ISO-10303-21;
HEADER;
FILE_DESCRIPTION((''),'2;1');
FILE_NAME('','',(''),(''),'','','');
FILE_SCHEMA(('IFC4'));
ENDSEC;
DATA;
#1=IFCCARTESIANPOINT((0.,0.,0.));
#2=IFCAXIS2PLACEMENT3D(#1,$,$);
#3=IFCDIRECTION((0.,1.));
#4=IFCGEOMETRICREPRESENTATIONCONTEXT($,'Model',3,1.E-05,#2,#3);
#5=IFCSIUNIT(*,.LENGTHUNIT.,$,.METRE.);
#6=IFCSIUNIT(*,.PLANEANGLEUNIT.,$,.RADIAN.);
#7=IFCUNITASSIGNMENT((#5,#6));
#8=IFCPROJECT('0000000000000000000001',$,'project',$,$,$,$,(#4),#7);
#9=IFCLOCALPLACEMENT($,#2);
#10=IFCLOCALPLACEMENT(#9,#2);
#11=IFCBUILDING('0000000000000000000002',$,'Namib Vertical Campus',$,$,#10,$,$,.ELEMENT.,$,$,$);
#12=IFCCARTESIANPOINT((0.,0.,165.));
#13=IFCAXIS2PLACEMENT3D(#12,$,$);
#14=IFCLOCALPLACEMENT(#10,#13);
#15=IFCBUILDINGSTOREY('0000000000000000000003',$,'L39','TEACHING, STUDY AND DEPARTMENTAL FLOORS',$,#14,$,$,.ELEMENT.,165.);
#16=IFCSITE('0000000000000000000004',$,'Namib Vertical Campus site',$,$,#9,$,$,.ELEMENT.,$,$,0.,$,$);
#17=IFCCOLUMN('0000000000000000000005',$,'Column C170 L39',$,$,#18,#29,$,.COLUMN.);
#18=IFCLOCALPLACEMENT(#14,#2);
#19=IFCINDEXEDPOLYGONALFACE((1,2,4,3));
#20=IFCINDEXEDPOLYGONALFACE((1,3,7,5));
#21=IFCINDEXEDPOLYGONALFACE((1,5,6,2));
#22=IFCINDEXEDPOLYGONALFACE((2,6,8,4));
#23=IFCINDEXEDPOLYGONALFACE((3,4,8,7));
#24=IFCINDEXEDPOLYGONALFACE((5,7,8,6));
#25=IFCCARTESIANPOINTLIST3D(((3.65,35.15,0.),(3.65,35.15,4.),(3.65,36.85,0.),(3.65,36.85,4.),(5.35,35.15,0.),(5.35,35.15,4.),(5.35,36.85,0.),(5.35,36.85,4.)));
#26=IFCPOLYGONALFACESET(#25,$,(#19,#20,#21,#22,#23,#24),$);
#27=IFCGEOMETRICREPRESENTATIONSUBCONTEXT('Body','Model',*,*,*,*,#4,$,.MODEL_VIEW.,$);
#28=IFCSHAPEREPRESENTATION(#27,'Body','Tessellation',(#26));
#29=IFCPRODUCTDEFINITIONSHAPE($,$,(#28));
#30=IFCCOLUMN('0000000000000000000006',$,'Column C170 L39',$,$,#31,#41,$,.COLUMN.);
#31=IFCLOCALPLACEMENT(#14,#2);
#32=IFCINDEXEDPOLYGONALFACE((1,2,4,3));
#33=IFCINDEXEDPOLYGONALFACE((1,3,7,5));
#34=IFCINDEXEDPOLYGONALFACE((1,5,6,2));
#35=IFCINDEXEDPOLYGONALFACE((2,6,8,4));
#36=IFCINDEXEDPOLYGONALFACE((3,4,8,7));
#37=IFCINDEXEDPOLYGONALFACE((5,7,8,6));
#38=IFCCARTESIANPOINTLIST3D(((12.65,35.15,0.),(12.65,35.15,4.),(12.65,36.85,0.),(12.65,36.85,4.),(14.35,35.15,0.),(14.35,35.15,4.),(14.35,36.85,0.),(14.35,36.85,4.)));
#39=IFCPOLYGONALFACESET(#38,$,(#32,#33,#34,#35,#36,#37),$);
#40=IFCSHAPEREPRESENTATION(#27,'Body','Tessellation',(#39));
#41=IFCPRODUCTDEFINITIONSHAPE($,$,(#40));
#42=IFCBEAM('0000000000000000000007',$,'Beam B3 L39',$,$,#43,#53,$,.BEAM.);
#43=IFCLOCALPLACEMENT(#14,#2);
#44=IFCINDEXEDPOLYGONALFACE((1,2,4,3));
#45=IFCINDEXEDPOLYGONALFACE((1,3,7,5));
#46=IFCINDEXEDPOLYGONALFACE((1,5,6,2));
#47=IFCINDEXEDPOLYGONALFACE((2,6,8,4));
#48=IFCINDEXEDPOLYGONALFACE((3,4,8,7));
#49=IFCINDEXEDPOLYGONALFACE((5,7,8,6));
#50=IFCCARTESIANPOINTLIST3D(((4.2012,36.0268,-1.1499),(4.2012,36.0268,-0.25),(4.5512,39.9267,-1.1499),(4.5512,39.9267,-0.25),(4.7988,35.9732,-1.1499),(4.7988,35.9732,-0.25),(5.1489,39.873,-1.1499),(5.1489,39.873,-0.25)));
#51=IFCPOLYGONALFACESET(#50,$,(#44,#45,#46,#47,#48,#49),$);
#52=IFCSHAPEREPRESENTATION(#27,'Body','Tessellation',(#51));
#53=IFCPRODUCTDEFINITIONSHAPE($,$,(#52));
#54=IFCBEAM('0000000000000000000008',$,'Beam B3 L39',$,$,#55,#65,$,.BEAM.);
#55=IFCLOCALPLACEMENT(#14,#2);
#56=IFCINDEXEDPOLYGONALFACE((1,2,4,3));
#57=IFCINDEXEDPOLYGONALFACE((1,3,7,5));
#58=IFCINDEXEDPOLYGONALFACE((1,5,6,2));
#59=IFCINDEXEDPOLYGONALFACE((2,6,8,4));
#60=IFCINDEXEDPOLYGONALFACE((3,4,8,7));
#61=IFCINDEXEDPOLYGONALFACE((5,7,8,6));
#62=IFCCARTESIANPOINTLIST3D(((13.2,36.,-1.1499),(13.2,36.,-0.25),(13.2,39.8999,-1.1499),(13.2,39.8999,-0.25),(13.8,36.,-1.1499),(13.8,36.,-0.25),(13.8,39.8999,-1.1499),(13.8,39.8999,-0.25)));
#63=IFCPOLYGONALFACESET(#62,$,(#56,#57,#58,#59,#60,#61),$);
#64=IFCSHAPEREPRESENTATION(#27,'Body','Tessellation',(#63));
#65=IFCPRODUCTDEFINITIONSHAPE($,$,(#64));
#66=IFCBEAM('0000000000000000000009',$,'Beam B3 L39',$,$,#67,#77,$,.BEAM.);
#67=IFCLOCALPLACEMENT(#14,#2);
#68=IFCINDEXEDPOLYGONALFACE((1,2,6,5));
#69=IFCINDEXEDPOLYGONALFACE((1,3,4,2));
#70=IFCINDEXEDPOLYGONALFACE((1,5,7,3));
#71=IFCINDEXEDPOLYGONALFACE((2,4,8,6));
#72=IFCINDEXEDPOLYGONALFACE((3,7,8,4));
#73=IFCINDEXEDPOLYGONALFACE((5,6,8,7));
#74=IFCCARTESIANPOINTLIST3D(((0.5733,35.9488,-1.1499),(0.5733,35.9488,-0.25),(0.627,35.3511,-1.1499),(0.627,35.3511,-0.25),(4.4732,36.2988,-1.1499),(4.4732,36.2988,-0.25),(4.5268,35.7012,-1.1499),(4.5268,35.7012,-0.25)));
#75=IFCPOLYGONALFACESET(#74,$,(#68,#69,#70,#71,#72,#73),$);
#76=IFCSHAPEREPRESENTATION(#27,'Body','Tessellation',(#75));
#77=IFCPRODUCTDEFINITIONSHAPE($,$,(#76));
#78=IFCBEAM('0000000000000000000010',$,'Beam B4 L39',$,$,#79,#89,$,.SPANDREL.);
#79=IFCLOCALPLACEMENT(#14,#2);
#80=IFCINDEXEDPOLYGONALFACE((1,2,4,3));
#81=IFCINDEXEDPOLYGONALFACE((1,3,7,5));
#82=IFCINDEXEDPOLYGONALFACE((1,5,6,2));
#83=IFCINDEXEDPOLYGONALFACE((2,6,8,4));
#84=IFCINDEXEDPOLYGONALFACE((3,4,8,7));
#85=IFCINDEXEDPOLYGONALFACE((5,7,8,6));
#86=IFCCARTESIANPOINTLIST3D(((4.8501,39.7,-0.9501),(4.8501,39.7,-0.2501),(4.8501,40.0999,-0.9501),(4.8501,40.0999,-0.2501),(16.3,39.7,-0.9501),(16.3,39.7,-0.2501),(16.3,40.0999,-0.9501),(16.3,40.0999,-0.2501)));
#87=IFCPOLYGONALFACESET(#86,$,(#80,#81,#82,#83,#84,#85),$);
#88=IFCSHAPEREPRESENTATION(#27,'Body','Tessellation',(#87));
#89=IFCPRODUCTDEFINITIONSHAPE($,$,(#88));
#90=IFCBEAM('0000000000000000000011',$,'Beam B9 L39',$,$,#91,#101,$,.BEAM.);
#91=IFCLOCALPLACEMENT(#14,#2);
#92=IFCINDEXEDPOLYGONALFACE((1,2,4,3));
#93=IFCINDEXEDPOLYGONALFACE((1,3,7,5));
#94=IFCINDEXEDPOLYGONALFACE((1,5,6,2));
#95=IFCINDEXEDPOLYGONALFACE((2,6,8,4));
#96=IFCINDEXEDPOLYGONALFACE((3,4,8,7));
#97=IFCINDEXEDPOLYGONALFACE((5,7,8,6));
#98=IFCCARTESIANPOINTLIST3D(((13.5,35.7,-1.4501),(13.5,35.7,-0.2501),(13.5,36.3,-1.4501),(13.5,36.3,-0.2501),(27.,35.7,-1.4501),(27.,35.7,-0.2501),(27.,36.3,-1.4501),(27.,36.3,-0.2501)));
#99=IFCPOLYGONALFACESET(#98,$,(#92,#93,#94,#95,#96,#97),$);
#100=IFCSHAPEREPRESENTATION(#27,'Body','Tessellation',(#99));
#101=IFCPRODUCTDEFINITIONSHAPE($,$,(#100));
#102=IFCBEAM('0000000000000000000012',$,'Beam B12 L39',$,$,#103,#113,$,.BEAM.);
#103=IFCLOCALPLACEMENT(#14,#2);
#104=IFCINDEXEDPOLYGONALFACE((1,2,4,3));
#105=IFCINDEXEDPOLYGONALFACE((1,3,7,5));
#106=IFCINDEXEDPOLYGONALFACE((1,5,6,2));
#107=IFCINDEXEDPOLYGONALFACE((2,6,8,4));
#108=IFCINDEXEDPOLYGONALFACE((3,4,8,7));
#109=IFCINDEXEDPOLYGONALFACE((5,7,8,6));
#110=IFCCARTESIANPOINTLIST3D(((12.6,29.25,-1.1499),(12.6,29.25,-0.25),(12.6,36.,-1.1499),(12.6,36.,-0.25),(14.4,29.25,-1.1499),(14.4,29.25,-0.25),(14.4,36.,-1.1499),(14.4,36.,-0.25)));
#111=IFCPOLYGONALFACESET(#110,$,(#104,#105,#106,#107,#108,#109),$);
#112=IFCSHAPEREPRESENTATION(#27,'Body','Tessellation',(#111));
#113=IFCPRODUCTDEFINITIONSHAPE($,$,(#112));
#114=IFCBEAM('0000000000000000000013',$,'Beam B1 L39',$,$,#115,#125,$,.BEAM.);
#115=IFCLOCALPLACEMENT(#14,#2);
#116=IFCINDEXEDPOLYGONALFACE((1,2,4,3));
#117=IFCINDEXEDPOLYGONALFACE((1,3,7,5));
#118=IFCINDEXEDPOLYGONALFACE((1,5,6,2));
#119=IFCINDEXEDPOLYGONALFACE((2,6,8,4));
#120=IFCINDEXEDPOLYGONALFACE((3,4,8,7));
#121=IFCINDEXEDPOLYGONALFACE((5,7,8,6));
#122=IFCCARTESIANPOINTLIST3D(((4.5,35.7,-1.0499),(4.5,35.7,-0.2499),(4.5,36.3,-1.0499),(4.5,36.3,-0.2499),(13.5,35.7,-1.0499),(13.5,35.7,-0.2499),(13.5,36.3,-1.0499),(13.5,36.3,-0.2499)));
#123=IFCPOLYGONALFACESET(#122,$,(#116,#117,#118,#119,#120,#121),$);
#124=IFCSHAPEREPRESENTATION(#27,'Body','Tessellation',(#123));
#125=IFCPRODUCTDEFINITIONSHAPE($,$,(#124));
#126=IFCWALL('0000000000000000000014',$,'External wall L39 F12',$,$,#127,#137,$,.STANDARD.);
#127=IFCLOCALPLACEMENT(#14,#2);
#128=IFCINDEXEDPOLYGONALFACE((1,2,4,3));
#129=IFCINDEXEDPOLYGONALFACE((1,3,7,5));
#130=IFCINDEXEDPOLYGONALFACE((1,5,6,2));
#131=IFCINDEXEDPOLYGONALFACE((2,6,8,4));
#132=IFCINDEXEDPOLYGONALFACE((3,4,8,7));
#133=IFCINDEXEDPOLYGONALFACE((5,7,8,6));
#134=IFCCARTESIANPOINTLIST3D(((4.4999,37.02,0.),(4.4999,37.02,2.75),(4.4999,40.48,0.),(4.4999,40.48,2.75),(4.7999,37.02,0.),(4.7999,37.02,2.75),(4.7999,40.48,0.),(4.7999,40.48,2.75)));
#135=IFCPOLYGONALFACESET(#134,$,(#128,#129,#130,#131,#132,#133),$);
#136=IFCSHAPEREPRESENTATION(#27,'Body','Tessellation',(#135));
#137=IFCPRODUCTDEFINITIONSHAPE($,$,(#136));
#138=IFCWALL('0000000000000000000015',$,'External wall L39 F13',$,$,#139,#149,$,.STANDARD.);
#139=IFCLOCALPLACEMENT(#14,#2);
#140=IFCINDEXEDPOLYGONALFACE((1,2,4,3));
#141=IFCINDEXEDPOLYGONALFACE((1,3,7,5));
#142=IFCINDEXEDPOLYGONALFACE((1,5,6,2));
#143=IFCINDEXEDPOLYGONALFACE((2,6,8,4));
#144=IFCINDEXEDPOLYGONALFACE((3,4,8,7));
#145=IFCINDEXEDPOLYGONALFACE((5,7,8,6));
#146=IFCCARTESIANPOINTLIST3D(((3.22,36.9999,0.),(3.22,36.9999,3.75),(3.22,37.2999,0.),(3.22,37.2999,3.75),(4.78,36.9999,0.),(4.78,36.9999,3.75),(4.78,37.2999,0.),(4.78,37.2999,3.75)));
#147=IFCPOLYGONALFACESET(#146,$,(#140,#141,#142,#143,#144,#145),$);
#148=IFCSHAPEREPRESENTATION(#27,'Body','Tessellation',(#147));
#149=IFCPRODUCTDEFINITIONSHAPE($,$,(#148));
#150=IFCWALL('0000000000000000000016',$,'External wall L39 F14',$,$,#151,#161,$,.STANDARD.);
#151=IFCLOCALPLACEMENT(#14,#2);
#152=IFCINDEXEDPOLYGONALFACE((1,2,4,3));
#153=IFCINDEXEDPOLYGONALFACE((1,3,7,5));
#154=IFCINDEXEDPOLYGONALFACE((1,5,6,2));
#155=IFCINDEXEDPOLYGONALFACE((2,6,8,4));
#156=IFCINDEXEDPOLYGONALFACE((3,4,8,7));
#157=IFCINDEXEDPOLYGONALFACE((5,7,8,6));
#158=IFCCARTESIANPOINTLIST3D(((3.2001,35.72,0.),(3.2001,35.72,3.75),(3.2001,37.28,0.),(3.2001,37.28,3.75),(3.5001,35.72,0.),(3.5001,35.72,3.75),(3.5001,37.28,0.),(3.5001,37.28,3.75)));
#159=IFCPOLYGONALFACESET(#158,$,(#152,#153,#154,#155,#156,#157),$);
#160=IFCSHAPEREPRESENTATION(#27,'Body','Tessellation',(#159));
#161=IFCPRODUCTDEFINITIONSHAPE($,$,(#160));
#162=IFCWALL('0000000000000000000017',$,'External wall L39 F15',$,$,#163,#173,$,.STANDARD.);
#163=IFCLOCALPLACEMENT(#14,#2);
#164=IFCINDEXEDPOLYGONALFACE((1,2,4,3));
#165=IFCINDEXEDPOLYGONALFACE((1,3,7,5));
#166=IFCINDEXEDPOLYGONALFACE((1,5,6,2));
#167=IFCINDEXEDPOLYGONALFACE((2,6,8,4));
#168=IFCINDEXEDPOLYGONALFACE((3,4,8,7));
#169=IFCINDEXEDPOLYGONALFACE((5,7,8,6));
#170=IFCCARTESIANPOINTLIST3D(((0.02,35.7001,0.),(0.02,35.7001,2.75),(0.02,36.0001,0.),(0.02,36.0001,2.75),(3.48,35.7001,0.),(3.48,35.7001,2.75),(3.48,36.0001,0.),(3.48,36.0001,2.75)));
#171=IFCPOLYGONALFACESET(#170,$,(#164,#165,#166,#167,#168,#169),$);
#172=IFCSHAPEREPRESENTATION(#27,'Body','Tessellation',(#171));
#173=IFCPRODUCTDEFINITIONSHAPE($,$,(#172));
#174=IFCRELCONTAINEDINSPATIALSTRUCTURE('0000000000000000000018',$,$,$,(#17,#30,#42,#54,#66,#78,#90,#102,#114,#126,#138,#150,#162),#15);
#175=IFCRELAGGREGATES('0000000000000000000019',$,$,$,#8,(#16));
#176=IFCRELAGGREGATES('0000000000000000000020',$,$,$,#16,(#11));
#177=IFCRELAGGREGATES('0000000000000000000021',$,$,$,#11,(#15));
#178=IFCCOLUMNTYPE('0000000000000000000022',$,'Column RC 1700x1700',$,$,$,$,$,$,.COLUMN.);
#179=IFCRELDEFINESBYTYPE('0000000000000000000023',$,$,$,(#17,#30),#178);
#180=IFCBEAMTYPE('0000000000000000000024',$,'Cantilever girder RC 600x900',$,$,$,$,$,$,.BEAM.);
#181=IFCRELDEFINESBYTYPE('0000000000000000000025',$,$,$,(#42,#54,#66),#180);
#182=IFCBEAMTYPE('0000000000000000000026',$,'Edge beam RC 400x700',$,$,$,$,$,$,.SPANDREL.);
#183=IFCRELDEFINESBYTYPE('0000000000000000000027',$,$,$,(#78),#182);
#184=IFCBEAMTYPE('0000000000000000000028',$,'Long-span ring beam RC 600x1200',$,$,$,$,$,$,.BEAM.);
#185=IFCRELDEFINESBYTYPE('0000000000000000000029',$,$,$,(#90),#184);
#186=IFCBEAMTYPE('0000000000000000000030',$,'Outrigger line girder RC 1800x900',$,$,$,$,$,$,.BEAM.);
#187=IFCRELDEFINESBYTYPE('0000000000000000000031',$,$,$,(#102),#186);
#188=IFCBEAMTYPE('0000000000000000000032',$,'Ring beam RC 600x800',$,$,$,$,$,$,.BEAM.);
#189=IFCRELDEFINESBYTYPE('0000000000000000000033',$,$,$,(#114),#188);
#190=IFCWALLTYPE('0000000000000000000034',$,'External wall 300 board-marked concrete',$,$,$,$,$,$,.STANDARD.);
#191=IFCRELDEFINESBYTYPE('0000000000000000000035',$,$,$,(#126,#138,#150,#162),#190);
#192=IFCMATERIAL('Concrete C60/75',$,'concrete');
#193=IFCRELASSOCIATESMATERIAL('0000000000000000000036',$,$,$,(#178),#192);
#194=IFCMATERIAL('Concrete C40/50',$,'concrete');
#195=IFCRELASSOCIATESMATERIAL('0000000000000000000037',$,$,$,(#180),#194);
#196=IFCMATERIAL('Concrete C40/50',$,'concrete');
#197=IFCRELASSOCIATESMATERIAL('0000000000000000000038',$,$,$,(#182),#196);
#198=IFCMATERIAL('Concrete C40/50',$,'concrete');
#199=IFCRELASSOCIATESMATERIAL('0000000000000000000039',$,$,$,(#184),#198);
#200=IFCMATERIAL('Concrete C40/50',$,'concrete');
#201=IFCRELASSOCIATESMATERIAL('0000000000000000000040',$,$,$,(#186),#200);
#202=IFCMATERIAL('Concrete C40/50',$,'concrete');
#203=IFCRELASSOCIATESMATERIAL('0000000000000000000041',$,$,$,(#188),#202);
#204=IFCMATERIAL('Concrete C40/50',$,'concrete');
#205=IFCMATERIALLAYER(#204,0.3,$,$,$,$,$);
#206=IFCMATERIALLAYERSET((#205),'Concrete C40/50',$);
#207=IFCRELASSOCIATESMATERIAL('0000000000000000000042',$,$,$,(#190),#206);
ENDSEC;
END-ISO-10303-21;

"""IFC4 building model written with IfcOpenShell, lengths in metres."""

from ifc_helpers import new_model, si_unit, direction, frame, frame_2d, origin, origin_2d, place, context, subcontext, project, spatial, rectangle, extrude, material, layer, layer_set, material_profile, profile_set, type_object, element, save


model = new_model("IFC4")

# Units and contexts
model_context = context("Model", 3, precision=1e-05, world=origin(), true_north=direction((0.0, 1.0)))
body_context = subcontext(model_context, "Body", "Model", "MODEL_VIEW")
ifc_project = project(units=[si_unit("LENGTHUNIT", "METRE"), si_unit("PLANEANGLEUNIT", "RADIAN")], contexts=[model_context])

# Site, building, storey
site_placement = place(None, origin())
site = spatial("IfcSite", under=ifc_project, at=site_placement, Name="Namib Vertical Campus site", CompositionType="ELEMENT", RefElevation=0.0)
building_placement = place(site_placement, origin())
building = spatial("IfcBuilding", under=site, at=building_placement, Name="Namib Vertical Campus", CompositionType="ELEMENT")
storey_placement = place(building_placement, frame((0.0, 0.0, 165.0)))
storey = spatial("IfcBuildingStorey", under=building, at=storey_placement, Name="L39", Description="TEACHING, STUDY AND DEPARTMENTAL FLOORS", CompositionType="ELEMENT", Elevation=165.0)

# Columns
ifc_material_1 = material(Name="Concrete C60/75", Category="concrete")
ifc_material_profile_1 = material_profile(ifc_material_1, rectangle(XDim=1.7, YDim=1.7, at=origin_2d()))
ifc_profile_set_1 = profile_set([ifc_material_profile_1], Name="Concrete C60/75")
column_type = type_object("IfcColumnType", Name="Column RC 1700x1700", PredefinedType="COLUMN", material=ifc_profile_set_1)
for number, where, z_axis, x_axis, name in (
    (1, (4.5, 36.0, 0.0), (0.0, 0.0, 1.0), (1.0, 0.0, 0.0), "Column C170 L39"),
    (2, (13.5, 36.0, 0.0), (0.0, 0.0, 1.0), (1.0, 0.0, 0.0), "Column C170 L39"),
):
    element("IfcColumn", number, at=place(storey_placement, frame(where, z_axis=z_axis, x_axis=x_axis)), inside=storey, type_object=column_type, Name=name, PredefinedType="COLUMN", context=body_context, shape_type="SweptSolid", body=[
        extrude(rectangle(XDim=1.7, YDim=1.7, at=origin_2d()), origin(), (0.0, 0.0, 1.0), 4.0),
    ])

# Beams
ifc_material_2 = material(Name="Concrete C40/50", Category="concrete")
ifc_material_profile_2 = material_profile(ifc_material_2, rectangle(XDim=0.6001, YDim=0.8999, at=origin_2d()))
ifc_profile_set_2 = profile_set([ifc_material_profile_2], Name="Concrete C40/50")
beam_type_1 = type_object("IfcBeamType", Name="Cantilever girder RC 600x900", PredefinedType="BEAM", material=ifc_profile_set_2)
beam_1_placement = place(storey_placement, frame((4.5, 36.0, -0.7), z_axis=(0.089411, 0.995995, 0.0), x_axis=(-0.995995, 0.089411, 0.0)))
element("IfcBeam", 3, at=beam_1_placement, inside=storey, type_object=beam_type_1, Name="Beam B3 L39", PredefinedType="BEAM", context=body_context, shape_type="SweptSolid", body=[
    extrude(rectangle(XDim=0.6001, YDim=0.8999, at=origin_2d()), origin(), (0.0, 0.0, 1.0), 3.9155),
])
beam_2_placement = place(storey_placement, frame((13.5, 36.0, -0.7), z_axis=(0.0, 1.0, 0.0), x_axis=(-1.0, 0.0, 0.0)))
element("IfcBeam", 4, at=beam_2_placement, inside=storey, type_object=beam_type_1, Name="Beam B3 L39", PredefinedType="BEAM", context=body_context, shape_type="SweptSolid", body=[
    extrude(rectangle(XDim=0.6001, YDim=0.8999, at=origin_2d()), origin(), (0.0, 0.0, 1.0), 3.8999),
])
beam_3_placement = place(storey_placement, frame((4.5, 36.0, -0.7), z_axis=(-0.995995, -0.089411, 0.0), x_axis=(0.089411, -0.995995, 0.0)))
element("IfcBeam", 5, at=beam_3_placement, inside=storey, type_object=beam_type_1, Name="Beam B3 L39", PredefinedType="BEAM", context=body_context, shape_type="SweptSolid", body=[
    extrude(rectangle(XDim=0.6001, YDim=0.8999, at=origin_2d()), origin(), (0.0, 0.0, 1.0), 3.9155),
])
ifc_material_3 = material(Name="Concrete C40/50", Category="concrete")
ifc_material_profile_3 = material_profile(ifc_material_3, rectangle(XDim=0.3999, YDim=0.7, at=origin_2d()))
ifc_profile_set_3 = profile_set([ifc_material_profile_3], Name="Concrete C40/50")
beam_type_2 = type_object("IfcBeamType", Name="Edge beam RC 400x700", PredefinedType="SPANDREL", material=ifc_profile_set_3)
beam_4_placement = place(storey_placement, frame((4.8501, 39.8999, -0.6001), z_axis=(1.0, 0.0, 0.0), x_axis=(0.0, 1.0, 0.0)))
element("IfcBeam", 6, at=beam_4_placement, inside=storey, type_object=beam_type_2, Name="Beam B4 L39", PredefinedType="SPANDREL", context=body_context, shape_type="SweptSolid", body=[
    extrude(rectangle(XDim=0.3999, YDim=0.7, at=origin_2d()), origin(), (0.0, 0.0, 1.0), 11.45),
])
ifc_material_4 = material(Name="Concrete C40/50", Category="concrete")
ifc_material_profile_4 = material_profile(ifc_material_4, rectangle(XDim=0.6001, YDim=1.2, at=origin_2d()))
ifc_profile_set_4 = profile_set([ifc_material_profile_4], Name="Concrete C40/50")
beam_type_3 = type_object("IfcBeamType", Name="Long-span ring beam RC 600x1200", PredefinedType="BEAM", material=ifc_profile_set_4)
beam_5_placement = place(storey_placement, frame((13.5, 36.0, -0.8501), z_axis=(1.0, 0.0, 0.0), x_axis=(0.0, 1.0, 0.0)))
element("IfcBeam", 7, at=beam_5_placement, inside=storey, type_object=beam_type_3, Name="Beam B9 L39", PredefinedType="BEAM", context=body_context, shape_type="SweptSolid", body=[
    extrude(rectangle(XDim=0.6001, YDim=1.2, at=origin_2d()), origin(), (0.0, 0.0, 1.0), 13.5),
])
ifc_material_5 = material(Name="Concrete C40/50", Category="concrete")
ifc_material_profile_5 = material_profile(ifc_material_5, rectangle(XDim=1.8, YDim=0.8999, at=origin_2d()))
ifc_profile_set_5 = profile_set([ifc_material_profile_5], Name="Concrete C40/50")
beam_type_4 = type_object("IfcBeamType", Name="Outrigger line girder RC 1800x900", PredefinedType="BEAM", material=ifc_profile_set_5)
beam_6_placement = place(storey_placement, frame((13.5, 36.0, -0.7), z_axis=(0.0, -1.0, 0.0), x_axis=(1.0, 0.0, 0.0)))
element("IfcBeam", 8, at=beam_6_placement, inside=storey, type_object=beam_type_4, Name="Beam B12 L39", PredefinedType="BEAM", context=body_context, shape_type="SweptSolid", body=[
    extrude(rectangle(XDim=1.8, YDim=0.8999, at=origin_2d()), origin(), (0.0, 0.0, 1.0), 6.75),
])
ifc_material_6 = material(Name="Concrete C40/50", Category="concrete")
ifc_material_profile_6 = material_profile(ifc_material_6, rectangle(XDim=0.6001, YDim=0.8, at=origin_2d()))
ifc_profile_set_6 = profile_set([ifc_material_profile_6], Name="Concrete C40/50")
beam_type_5 = type_object("IfcBeamType", Name="Ring beam RC 600x800", PredefinedType="BEAM", material=ifc_profile_set_6)
beam_7_placement = place(storey_placement, frame((4.5, 36.0, -0.6499), z_axis=(1.0, 0.0, 0.0), x_axis=(0.0, 1.0, 0.0)))
element("IfcBeam", 9, at=beam_7_placement, inside=storey, type_object=beam_type_5, Name="Beam B1 L39", PredefinedType="BEAM", context=body_context, shape_type="SweptSolid", body=[
    extrude(rectangle(XDim=0.6001, YDim=0.8, at=origin_2d()), origin(), (0.0, 0.0, 1.0), 9.0),
])

# Walls
ifc_material_7 = material(Name="Concrete C40/50", Category="concrete")
ifc_layer_1 = layer(ifc_material_7, 0.3)
ifc_layer_set_1 = layer_set([ifc_layer_1], Name="Concrete C40/50")
wall_type_1 = type_object("IfcWallType", Name="External wall 300 board-marked concrete", PredefinedType="STANDARD", material=ifc_layer_set_1)
wall_1_placement = place(storey_placement, frame((4.6499, 40.48, 0.0), z_axis=(0.0, 0.0, 1.0), x_axis=(0.0, -1.0, 0.0)))
element("IfcWall", 10, at=wall_1_placement, inside=storey, type_object=wall_type_1, Name="External wall L39 F12", PredefinedType="STANDARD", context=body_context, shape_type="SweptSolid", body=[
    extrude(rectangle(XDim=3.46, YDim=0.3, at=frame_2d((1.73, 0.0))), origin(), (0.0, 0.0, 1.0), 2.75),
])
for number, where, z_axis, x_axis, name in (
    (11, (4.78, 37.1499, 0.0), (0.0, 0.0, 1.0), (-1.0, 0.0, 0.0), "External wall L39 F13"),
    (12, (3.3501, 37.28, 0.0), (0.0, 0.0, 1.0), (0.0, -1.0, 0.0), "External wall L39 F14"),
):
    element("IfcWall", number, at=place(storey_placement, frame(where, z_axis=z_axis, x_axis=x_axis)), inside=storey, type_object=wall_type_1, Name=name, PredefinedType="STANDARD", context=body_context, shape_type="SweptSolid", body=[
        extrude(rectangle(XDim=1.5601, YDim=0.3, at=frame_2d((0.78, 0.0))), origin(), (0.0, 0.0, 1.0), 3.75),
    ])
wall_2_placement = place(storey_placement, frame((3.48, 35.8501, 0.0), z_axis=(0.0, 0.0, 1.0), x_axis=(-1.0, 0.0, 0.0)))
element("IfcWall", 13, at=wall_2_placement, inside=storey, type_object=wall_type_1, Name="External wall L39 F15", PredefinedType="STANDARD", context=body_context, shape_type="SweptSolid", body=[
    extrude(rectangle(XDim=3.46, YDim=0.3, at=frame_2d((1.73, 0.0))), origin(), (0.0, 0.0, 1.0), 2.75),
])

save(model, "model.ifc")
